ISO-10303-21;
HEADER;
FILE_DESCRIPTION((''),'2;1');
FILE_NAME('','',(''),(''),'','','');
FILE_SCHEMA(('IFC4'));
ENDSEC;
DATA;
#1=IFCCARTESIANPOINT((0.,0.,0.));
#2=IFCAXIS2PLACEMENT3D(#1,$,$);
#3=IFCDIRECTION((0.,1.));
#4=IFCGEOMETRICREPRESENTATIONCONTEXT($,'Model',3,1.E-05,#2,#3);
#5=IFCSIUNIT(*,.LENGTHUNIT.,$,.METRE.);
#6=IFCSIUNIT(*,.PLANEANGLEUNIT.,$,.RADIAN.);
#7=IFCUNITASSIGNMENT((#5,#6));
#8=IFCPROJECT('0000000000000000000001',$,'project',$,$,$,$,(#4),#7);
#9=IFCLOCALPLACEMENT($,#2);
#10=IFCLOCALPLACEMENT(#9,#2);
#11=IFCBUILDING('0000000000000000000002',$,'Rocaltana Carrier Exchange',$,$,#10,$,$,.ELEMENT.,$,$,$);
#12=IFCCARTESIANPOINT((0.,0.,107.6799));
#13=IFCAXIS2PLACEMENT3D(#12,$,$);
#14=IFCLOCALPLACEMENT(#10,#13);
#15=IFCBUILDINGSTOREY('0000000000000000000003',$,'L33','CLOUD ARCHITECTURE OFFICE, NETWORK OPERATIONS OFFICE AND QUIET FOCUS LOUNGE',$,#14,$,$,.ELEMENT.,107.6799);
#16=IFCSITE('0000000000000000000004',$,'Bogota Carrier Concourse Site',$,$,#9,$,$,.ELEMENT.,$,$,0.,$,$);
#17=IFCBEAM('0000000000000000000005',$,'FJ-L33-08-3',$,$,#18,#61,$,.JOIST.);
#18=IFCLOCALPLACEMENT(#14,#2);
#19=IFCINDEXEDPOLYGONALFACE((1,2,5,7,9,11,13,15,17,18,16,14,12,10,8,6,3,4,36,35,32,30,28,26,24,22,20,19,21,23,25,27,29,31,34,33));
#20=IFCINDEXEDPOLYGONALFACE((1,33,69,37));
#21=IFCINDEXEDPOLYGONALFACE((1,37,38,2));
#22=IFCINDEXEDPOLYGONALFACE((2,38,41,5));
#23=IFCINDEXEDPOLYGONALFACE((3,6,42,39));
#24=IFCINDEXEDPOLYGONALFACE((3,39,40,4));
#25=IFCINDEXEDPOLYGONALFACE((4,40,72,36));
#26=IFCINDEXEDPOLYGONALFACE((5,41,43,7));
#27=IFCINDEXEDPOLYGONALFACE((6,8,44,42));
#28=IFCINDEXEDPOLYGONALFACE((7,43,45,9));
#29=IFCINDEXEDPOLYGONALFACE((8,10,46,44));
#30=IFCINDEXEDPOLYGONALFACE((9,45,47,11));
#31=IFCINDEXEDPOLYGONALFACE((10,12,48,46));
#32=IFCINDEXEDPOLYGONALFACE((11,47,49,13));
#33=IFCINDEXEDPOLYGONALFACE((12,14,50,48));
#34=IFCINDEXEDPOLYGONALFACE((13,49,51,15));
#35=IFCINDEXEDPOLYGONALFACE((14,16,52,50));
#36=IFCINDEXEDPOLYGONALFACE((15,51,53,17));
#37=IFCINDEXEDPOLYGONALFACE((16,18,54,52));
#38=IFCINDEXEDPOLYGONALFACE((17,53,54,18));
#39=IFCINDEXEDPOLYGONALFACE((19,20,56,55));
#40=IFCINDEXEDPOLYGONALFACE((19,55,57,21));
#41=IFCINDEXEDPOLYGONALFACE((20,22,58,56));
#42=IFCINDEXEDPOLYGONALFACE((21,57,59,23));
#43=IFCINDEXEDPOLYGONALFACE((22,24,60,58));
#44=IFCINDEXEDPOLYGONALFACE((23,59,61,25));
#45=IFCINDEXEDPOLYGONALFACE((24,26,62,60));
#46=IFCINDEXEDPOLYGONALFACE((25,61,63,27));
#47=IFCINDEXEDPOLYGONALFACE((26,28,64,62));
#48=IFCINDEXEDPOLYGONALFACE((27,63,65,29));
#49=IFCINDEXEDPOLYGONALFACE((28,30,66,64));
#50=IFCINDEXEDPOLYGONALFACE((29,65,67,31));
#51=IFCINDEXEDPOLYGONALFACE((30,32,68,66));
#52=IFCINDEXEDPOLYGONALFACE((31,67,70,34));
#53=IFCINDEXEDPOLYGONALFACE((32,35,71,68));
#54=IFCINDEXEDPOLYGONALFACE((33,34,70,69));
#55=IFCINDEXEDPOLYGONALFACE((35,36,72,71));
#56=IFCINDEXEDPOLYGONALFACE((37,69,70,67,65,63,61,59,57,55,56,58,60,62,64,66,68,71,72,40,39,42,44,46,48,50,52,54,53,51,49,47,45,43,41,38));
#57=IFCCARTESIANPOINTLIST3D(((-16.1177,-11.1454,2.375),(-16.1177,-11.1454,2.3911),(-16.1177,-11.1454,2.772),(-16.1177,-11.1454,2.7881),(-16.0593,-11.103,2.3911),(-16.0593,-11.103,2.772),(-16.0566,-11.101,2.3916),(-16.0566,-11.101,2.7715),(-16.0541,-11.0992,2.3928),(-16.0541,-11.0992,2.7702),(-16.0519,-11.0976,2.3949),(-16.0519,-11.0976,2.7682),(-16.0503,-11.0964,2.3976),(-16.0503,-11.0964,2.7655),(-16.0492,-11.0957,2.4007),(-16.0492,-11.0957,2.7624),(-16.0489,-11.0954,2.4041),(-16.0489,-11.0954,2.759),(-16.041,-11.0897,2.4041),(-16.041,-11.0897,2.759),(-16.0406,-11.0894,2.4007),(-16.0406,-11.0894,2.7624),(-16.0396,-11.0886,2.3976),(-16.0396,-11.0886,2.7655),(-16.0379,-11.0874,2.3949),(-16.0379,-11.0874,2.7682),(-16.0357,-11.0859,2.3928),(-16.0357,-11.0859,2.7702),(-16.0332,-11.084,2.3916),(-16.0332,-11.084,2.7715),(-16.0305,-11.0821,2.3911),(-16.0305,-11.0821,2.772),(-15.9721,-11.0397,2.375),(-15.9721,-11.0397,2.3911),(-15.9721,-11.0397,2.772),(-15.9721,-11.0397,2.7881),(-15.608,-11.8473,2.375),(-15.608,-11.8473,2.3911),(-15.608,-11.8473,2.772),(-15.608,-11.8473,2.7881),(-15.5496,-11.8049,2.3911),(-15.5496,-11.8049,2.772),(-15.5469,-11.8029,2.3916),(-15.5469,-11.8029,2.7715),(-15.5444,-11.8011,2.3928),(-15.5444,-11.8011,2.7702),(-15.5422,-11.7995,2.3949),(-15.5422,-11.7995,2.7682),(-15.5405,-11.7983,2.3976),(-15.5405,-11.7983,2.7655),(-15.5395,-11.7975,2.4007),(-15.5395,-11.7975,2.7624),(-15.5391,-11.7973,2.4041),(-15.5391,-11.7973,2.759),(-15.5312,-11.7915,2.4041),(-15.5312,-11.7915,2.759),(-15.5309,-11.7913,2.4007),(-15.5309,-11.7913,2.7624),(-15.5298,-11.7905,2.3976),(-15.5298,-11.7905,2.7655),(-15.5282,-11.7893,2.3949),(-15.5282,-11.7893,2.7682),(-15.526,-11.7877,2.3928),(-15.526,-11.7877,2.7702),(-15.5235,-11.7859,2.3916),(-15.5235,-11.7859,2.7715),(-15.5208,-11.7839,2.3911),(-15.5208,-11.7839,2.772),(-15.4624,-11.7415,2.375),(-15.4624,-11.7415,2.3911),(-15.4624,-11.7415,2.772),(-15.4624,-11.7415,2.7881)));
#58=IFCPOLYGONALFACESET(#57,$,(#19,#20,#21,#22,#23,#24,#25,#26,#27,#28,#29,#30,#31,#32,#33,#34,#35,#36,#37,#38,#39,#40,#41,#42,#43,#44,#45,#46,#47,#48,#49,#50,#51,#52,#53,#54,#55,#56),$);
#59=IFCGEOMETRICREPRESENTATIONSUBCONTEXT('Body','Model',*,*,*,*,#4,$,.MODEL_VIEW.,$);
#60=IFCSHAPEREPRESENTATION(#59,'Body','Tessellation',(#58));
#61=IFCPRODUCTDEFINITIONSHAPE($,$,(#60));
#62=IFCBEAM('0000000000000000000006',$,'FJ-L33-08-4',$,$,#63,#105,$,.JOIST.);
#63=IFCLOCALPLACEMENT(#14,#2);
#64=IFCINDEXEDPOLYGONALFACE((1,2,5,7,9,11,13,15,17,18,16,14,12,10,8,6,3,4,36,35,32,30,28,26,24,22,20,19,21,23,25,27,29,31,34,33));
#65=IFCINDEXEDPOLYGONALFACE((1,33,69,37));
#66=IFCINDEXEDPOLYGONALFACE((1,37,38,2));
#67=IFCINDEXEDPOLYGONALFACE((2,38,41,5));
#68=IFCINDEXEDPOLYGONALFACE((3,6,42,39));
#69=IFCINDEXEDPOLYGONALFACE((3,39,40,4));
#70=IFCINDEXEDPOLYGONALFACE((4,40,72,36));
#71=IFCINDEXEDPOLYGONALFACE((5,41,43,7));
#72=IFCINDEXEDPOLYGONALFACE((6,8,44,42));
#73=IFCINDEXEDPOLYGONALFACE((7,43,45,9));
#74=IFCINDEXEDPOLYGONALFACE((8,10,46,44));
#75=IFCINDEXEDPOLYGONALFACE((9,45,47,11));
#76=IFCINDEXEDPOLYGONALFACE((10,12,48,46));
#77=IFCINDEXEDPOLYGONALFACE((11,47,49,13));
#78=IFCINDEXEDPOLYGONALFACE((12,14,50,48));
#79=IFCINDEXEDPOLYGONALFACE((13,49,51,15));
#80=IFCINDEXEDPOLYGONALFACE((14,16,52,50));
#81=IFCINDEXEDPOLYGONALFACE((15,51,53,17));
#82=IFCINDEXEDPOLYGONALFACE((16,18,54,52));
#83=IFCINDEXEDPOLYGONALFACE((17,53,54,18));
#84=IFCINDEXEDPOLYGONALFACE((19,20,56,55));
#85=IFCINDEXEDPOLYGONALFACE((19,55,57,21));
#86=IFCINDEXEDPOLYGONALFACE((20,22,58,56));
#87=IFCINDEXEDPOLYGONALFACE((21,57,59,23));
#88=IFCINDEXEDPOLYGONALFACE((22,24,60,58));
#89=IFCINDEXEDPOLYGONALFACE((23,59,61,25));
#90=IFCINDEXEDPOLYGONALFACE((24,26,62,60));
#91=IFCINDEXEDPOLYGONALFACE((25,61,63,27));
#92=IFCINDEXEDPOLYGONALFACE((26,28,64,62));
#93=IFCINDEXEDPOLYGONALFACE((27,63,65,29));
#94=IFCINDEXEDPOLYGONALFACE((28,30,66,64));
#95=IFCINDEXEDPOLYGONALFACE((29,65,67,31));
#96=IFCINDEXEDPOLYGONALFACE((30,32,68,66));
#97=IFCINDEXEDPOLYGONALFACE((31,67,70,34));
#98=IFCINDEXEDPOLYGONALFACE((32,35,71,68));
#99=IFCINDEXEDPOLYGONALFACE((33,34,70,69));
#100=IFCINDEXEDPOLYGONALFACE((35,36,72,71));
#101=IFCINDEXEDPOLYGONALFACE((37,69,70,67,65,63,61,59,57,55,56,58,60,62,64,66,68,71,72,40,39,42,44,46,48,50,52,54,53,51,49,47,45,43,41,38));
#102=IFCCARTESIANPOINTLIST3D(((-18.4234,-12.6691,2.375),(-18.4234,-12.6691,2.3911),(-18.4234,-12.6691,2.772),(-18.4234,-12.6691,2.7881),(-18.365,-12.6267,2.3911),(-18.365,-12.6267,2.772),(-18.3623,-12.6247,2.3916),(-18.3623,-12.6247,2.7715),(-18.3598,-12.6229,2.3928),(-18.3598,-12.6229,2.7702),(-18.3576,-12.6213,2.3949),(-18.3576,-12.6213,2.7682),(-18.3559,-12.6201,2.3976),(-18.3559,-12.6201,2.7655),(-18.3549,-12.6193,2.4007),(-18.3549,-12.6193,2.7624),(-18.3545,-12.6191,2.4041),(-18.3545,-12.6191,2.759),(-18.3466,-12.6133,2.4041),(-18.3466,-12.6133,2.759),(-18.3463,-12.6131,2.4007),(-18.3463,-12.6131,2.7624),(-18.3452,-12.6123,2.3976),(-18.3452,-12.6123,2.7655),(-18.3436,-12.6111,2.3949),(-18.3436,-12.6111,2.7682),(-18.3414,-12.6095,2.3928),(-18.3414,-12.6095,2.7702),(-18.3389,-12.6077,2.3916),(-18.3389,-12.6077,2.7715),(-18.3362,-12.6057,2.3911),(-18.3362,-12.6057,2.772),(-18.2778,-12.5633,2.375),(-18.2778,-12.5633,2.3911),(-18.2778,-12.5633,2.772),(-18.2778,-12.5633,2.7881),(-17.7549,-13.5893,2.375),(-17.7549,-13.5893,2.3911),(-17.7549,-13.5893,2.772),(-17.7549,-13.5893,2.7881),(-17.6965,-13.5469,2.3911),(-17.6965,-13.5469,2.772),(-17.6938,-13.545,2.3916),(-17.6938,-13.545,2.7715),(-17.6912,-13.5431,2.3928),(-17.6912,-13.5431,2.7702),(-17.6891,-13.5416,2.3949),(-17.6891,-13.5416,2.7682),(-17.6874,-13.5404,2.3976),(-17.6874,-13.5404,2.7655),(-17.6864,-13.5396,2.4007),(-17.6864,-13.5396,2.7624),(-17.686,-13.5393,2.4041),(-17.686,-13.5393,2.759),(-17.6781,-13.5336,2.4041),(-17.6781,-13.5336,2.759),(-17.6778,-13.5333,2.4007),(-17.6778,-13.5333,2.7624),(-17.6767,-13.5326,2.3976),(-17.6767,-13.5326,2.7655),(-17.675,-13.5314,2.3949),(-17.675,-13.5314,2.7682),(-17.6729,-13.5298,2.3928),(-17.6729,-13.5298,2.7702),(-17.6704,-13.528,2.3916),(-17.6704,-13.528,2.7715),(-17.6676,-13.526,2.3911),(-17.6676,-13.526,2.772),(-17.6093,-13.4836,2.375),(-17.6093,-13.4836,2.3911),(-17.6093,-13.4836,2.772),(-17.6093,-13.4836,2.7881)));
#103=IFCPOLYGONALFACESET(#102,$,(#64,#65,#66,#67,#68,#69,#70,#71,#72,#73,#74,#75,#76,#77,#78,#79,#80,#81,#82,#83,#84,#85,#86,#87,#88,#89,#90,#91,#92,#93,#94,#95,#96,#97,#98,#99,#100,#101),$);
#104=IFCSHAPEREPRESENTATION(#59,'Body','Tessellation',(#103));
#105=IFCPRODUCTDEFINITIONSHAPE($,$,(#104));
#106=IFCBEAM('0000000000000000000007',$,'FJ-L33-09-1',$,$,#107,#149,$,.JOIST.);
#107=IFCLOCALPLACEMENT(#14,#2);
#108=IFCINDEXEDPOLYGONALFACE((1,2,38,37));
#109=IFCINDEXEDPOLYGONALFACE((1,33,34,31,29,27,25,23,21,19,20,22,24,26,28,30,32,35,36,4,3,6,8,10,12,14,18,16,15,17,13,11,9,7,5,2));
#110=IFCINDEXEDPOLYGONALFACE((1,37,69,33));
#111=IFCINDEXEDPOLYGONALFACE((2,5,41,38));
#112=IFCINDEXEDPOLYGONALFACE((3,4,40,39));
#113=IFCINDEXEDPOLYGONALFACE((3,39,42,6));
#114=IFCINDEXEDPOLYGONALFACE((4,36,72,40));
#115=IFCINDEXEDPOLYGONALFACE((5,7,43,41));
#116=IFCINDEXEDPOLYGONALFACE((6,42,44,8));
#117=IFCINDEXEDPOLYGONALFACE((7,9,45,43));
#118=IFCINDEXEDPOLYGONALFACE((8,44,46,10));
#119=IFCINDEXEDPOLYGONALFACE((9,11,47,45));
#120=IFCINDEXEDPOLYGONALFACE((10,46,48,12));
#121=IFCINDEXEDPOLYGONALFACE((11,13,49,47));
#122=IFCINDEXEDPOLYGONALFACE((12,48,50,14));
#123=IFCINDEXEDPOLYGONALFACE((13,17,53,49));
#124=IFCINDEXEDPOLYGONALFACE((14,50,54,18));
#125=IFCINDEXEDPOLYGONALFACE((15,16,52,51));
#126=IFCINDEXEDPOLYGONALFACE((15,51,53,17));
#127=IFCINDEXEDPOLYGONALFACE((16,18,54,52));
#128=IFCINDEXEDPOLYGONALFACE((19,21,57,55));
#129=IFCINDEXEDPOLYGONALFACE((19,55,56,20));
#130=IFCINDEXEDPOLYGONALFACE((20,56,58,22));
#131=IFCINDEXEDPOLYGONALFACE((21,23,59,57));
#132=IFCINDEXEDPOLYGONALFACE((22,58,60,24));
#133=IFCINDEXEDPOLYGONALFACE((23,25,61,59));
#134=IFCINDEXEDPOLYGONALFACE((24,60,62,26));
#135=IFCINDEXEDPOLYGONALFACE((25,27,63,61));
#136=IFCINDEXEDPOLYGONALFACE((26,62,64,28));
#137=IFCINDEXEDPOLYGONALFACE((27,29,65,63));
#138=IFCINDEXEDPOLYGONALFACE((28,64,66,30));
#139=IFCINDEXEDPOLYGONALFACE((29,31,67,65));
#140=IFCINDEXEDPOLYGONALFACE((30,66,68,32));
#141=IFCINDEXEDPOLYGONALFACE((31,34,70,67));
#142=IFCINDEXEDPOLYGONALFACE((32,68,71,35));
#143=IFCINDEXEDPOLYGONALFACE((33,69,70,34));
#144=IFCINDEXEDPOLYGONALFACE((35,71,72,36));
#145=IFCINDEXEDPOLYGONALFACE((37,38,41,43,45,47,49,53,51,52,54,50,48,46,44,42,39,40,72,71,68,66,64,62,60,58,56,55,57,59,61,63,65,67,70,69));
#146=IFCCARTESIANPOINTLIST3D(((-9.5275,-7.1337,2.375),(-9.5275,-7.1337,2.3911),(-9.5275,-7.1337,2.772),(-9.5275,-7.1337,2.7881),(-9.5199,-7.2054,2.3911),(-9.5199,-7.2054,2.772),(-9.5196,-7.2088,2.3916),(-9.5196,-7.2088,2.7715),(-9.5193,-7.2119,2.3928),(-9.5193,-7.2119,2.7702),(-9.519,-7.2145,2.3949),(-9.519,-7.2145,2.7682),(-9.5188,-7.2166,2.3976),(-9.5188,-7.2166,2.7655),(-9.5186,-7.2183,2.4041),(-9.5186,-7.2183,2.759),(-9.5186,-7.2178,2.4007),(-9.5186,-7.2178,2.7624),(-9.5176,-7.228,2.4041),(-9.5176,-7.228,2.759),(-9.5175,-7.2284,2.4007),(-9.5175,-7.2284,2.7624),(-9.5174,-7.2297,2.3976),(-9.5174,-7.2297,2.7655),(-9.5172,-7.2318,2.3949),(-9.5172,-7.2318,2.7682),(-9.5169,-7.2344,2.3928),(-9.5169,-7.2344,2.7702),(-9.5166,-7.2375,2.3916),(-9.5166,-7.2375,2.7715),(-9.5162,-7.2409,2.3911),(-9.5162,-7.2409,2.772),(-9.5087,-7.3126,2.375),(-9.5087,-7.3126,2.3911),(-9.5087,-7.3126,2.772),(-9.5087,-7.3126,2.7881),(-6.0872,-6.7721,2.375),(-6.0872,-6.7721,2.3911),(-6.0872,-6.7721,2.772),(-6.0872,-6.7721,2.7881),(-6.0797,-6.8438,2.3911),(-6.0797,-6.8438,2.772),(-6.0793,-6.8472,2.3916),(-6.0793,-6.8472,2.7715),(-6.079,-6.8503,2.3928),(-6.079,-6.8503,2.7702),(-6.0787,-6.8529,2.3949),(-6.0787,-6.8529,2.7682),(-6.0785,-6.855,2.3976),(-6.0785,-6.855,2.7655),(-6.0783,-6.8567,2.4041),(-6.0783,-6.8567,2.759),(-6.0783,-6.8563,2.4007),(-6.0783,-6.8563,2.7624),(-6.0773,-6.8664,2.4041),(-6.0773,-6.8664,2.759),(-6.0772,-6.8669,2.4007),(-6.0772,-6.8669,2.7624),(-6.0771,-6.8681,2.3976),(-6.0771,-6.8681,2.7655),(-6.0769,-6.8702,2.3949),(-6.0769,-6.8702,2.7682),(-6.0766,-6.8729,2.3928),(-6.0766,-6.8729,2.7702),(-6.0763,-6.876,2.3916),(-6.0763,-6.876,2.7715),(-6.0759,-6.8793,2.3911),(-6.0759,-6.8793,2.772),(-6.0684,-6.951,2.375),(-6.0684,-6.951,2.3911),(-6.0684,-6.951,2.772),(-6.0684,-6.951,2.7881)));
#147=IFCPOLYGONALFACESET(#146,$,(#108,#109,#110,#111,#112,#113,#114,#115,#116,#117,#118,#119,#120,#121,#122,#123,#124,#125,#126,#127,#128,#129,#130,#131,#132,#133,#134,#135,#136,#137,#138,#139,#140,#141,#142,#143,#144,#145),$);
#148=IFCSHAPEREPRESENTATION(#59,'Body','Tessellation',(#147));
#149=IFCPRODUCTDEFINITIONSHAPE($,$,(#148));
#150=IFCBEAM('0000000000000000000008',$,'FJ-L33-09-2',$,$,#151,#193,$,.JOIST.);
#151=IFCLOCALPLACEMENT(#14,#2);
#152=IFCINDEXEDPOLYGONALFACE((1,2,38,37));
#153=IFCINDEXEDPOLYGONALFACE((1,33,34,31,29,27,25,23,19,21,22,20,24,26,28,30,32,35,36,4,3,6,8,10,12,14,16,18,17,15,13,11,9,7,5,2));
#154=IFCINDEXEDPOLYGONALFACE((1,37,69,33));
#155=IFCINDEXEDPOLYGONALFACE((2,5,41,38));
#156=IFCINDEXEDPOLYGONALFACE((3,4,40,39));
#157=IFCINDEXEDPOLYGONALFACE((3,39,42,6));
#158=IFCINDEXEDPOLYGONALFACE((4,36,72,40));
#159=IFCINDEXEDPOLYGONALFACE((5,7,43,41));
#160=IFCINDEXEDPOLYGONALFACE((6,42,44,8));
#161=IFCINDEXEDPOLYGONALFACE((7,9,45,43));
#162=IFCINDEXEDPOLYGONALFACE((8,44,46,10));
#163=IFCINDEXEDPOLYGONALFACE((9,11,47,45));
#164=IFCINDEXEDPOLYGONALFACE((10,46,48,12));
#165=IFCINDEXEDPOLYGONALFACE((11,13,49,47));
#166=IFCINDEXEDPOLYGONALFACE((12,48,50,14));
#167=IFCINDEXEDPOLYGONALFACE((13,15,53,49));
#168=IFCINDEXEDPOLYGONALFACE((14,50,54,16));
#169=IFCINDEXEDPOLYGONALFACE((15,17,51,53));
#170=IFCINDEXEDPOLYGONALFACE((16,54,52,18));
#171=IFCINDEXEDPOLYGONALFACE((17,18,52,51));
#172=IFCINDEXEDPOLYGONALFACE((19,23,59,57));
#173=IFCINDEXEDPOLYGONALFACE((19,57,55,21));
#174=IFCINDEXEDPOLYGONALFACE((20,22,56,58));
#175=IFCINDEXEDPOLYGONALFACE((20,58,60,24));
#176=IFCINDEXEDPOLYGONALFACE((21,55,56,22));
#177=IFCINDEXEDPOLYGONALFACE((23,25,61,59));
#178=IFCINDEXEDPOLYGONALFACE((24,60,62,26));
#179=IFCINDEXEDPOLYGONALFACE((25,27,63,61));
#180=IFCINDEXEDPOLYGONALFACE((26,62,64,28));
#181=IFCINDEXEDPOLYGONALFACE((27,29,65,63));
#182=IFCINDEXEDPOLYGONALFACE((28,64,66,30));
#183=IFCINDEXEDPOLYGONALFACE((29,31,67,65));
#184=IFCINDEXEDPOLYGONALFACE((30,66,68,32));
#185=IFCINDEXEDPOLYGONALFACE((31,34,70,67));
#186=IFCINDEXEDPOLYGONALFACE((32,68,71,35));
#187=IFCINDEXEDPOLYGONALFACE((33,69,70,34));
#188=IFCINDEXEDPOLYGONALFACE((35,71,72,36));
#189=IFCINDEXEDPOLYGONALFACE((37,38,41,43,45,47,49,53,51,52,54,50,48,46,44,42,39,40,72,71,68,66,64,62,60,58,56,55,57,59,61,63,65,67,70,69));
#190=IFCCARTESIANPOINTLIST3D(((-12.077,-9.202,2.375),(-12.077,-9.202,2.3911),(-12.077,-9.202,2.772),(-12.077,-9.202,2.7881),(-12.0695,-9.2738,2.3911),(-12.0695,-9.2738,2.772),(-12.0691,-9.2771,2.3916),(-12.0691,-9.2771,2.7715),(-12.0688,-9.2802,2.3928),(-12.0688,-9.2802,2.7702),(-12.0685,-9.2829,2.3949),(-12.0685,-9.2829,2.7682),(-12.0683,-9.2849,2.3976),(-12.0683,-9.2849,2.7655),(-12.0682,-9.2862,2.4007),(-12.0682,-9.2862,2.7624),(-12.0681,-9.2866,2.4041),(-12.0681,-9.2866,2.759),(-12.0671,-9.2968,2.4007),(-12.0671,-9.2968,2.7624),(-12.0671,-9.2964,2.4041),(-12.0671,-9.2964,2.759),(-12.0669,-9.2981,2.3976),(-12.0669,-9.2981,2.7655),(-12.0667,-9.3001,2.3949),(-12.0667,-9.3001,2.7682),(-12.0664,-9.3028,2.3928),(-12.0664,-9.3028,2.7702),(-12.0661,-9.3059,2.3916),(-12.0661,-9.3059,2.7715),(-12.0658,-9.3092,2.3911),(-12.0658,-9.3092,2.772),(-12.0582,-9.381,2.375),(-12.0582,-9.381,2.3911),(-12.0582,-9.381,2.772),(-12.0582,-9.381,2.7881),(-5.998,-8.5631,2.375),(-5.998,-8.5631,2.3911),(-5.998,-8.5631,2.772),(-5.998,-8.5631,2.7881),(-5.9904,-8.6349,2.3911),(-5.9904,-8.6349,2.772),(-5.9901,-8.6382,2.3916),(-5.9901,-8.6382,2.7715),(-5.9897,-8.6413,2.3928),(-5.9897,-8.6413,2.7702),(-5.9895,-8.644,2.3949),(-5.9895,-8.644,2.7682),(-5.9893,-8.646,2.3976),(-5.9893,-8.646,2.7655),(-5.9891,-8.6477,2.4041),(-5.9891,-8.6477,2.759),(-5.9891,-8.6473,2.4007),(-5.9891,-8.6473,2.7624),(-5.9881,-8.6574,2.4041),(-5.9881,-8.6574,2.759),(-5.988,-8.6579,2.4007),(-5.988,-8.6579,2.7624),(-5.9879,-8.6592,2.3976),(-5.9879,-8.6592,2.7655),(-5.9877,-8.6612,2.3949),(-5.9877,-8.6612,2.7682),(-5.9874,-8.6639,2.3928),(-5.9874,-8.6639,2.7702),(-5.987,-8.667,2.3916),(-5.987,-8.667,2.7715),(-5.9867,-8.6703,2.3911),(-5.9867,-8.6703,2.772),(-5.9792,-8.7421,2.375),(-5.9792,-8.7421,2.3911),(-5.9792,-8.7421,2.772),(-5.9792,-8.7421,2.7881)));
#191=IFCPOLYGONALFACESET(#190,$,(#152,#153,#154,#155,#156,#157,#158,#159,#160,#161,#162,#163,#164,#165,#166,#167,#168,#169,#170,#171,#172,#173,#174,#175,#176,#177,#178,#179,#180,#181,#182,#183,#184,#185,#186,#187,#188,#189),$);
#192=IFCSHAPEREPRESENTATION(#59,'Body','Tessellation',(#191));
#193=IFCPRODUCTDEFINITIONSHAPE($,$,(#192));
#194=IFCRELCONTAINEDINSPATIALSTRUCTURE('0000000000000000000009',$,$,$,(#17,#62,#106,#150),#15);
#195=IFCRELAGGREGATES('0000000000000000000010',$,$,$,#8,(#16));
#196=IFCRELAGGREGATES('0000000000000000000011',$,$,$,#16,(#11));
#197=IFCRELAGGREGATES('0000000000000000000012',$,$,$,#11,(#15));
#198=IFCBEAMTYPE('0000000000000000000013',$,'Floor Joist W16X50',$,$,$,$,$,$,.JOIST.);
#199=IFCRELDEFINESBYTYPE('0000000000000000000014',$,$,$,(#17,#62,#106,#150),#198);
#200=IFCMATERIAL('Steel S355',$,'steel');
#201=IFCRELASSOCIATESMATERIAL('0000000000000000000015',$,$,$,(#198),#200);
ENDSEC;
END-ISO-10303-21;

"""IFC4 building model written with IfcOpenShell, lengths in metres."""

from ifc_helpers import new_model, si_unit, direction, frame, origin, origin_2d, place, context, subcontext, project, spatial, i_section, extrude, material, material_profile, profile_set, type_object, element, save


model = new_model("IFC4")

# Units and contexts
model_context = context("Model", 3, precision=1e-05, world=origin(), true_north=direction((0.0, 1.0)))
body_context = subcontext(model_context, "Body", "Model", "MODEL_VIEW")
ifc_project = project(units=[si_unit("LENGTHUNIT", "METRE"), si_unit("PLANEANGLEUNIT", "RADIAN")], contexts=[model_context])

# Site, building, storey
site_placement = place(None, origin())
site = spatial("IfcSite", under=ifc_project, at=site_placement, Name="Bogota Carrier Concourse Site", CompositionType="ELEMENT", RefElevation=0.0)
building_placement = place(site_placement, origin())
building = spatial("IfcBuilding", under=site, at=building_placement, Name="Rocaltana Carrier Exchange", CompositionType="ELEMENT")
storey_placement = place(building_placement, frame((0.0, 0.0, 107.6799)))
storey = spatial("IfcBuildingStorey", under=building, at=storey_placement, Name="L33", Description="CLOUD ARCHITECTURE OFFICE, NETWORK OPERATIONS OFFICE AND QUIET FOCUS LOUNGE", CompositionType="ELEMENT", Elevation=107.6799)

# Beams
ifc_material_1 = material(Name="Steel S355", Category="steel")
ifc_material_profile_1 = material_profile(ifc_material_1, i_section(OverallWidth=0.1799, OverallDepth=0.4131, WebThickness=0.0098, FlangeThickness=0.0161, FilletRadius=0.0129, at=origin_2d()), Name="W16X50")
ifc_profile_set_1 = profile_set([ifc_material_profile_1], Name="Steel S355")
beam_type_1 = type_object("IfcBeamType", Name="Floor Joist W16X50", PredefinedType="JOIST", material=ifc_profile_set_1)
beam_1_placement = place(storey_placement, frame((-16.0449, -11.0925, 2.5815), z_axis=(0.587636, -0.809125, 0.0), x_axis=(0.809125, 0.587636, 0.0)))
element("IfcBeam", 1, at=beam_1_placement, inside=storey, type_object=beam_type_1, Name="FJ-L33-08-3", PredefinedType="JOIST", context=body_context, shape_type="SweptSolid", body=[
    extrude(i_section(OverallWidth=0.1799, OverallDepth=0.4131, WebThickness=0.0098, FlangeThickness=0.0161, FilletRadius=0.0129, at=origin_2d()), origin(), (0.0, 0.0, 1.0), 0.8674),
])
beam_2_placement = place(storey_placement, frame((-18.3506, -12.6162, 2.5815), z_axis=(0.587738, -0.809052, 0.0), x_axis=(0.809052, 0.587738, 0.0)))
element("IfcBeam", 2, at=beam_2_placement, inside=storey, type_object=beam_type_1, Name="FJ-L33-08-4", PredefinedType="JOIST", context=body_context, shape_type="SweptSolid", body=[
    extrude(i_section(OverallWidth=0.1799, OverallDepth=0.4131, WebThickness=0.0098, FlangeThickness=0.0161, FilletRadius=0.0129, at=origin_2d()), origin(), (0.0, 0.0, 1.0), 1.1375),
])
beam_3_placement = place(storey_placement, frame((-9.5181, -7.2231, 2.5815), z_axis=(0.994522, 0.104527, 0.0), x_axis=(-0.104527, 0.994522, 0.0)))
element("IfcBeam", 3, at=beam_3_placement, inside=storey, type_object=beam_type_1, Name="FJ-L33-09-1", PredefinedType="JOIST", context=body_context, shape_type="SweptSolid", body=[
    extrude(i_section(OverallWidth=0.1799, OverallDepth=0.4131, WebThickness=0.0098, FlangeThickness=0.0161, FilletRadius=0.0129, at=origin_2d()), origin(), (0.0, 0.0, 1.0), 3.4592),
])
beam_4_placement = place(storey_placement, frame((-12.0676, -9.2915, 2.5815), z_axis=(0.994522, 0.104525, 0.0), x_axis=(-0.104525, 0.994522, 0.0)))
element("IfcBeam", 4, at=beam_4_placement, inside=storey, type_object=beam_type_1, Name="FJ-L33-09-2", PredefinedType="JOIST", context=body_context, shape_type="SweptSolid", body=[
    extrude(i_section(OverallWidth=0.1799, OverallDepth=0.4131, WebThickness=0.0098, FlangeThickness=0.0161, FilletRadius=0.0129, at=origin_2d()), origin(), (0.0, 0.0, 1.0), 6.1125),
])

save(model, "model.ifc")
